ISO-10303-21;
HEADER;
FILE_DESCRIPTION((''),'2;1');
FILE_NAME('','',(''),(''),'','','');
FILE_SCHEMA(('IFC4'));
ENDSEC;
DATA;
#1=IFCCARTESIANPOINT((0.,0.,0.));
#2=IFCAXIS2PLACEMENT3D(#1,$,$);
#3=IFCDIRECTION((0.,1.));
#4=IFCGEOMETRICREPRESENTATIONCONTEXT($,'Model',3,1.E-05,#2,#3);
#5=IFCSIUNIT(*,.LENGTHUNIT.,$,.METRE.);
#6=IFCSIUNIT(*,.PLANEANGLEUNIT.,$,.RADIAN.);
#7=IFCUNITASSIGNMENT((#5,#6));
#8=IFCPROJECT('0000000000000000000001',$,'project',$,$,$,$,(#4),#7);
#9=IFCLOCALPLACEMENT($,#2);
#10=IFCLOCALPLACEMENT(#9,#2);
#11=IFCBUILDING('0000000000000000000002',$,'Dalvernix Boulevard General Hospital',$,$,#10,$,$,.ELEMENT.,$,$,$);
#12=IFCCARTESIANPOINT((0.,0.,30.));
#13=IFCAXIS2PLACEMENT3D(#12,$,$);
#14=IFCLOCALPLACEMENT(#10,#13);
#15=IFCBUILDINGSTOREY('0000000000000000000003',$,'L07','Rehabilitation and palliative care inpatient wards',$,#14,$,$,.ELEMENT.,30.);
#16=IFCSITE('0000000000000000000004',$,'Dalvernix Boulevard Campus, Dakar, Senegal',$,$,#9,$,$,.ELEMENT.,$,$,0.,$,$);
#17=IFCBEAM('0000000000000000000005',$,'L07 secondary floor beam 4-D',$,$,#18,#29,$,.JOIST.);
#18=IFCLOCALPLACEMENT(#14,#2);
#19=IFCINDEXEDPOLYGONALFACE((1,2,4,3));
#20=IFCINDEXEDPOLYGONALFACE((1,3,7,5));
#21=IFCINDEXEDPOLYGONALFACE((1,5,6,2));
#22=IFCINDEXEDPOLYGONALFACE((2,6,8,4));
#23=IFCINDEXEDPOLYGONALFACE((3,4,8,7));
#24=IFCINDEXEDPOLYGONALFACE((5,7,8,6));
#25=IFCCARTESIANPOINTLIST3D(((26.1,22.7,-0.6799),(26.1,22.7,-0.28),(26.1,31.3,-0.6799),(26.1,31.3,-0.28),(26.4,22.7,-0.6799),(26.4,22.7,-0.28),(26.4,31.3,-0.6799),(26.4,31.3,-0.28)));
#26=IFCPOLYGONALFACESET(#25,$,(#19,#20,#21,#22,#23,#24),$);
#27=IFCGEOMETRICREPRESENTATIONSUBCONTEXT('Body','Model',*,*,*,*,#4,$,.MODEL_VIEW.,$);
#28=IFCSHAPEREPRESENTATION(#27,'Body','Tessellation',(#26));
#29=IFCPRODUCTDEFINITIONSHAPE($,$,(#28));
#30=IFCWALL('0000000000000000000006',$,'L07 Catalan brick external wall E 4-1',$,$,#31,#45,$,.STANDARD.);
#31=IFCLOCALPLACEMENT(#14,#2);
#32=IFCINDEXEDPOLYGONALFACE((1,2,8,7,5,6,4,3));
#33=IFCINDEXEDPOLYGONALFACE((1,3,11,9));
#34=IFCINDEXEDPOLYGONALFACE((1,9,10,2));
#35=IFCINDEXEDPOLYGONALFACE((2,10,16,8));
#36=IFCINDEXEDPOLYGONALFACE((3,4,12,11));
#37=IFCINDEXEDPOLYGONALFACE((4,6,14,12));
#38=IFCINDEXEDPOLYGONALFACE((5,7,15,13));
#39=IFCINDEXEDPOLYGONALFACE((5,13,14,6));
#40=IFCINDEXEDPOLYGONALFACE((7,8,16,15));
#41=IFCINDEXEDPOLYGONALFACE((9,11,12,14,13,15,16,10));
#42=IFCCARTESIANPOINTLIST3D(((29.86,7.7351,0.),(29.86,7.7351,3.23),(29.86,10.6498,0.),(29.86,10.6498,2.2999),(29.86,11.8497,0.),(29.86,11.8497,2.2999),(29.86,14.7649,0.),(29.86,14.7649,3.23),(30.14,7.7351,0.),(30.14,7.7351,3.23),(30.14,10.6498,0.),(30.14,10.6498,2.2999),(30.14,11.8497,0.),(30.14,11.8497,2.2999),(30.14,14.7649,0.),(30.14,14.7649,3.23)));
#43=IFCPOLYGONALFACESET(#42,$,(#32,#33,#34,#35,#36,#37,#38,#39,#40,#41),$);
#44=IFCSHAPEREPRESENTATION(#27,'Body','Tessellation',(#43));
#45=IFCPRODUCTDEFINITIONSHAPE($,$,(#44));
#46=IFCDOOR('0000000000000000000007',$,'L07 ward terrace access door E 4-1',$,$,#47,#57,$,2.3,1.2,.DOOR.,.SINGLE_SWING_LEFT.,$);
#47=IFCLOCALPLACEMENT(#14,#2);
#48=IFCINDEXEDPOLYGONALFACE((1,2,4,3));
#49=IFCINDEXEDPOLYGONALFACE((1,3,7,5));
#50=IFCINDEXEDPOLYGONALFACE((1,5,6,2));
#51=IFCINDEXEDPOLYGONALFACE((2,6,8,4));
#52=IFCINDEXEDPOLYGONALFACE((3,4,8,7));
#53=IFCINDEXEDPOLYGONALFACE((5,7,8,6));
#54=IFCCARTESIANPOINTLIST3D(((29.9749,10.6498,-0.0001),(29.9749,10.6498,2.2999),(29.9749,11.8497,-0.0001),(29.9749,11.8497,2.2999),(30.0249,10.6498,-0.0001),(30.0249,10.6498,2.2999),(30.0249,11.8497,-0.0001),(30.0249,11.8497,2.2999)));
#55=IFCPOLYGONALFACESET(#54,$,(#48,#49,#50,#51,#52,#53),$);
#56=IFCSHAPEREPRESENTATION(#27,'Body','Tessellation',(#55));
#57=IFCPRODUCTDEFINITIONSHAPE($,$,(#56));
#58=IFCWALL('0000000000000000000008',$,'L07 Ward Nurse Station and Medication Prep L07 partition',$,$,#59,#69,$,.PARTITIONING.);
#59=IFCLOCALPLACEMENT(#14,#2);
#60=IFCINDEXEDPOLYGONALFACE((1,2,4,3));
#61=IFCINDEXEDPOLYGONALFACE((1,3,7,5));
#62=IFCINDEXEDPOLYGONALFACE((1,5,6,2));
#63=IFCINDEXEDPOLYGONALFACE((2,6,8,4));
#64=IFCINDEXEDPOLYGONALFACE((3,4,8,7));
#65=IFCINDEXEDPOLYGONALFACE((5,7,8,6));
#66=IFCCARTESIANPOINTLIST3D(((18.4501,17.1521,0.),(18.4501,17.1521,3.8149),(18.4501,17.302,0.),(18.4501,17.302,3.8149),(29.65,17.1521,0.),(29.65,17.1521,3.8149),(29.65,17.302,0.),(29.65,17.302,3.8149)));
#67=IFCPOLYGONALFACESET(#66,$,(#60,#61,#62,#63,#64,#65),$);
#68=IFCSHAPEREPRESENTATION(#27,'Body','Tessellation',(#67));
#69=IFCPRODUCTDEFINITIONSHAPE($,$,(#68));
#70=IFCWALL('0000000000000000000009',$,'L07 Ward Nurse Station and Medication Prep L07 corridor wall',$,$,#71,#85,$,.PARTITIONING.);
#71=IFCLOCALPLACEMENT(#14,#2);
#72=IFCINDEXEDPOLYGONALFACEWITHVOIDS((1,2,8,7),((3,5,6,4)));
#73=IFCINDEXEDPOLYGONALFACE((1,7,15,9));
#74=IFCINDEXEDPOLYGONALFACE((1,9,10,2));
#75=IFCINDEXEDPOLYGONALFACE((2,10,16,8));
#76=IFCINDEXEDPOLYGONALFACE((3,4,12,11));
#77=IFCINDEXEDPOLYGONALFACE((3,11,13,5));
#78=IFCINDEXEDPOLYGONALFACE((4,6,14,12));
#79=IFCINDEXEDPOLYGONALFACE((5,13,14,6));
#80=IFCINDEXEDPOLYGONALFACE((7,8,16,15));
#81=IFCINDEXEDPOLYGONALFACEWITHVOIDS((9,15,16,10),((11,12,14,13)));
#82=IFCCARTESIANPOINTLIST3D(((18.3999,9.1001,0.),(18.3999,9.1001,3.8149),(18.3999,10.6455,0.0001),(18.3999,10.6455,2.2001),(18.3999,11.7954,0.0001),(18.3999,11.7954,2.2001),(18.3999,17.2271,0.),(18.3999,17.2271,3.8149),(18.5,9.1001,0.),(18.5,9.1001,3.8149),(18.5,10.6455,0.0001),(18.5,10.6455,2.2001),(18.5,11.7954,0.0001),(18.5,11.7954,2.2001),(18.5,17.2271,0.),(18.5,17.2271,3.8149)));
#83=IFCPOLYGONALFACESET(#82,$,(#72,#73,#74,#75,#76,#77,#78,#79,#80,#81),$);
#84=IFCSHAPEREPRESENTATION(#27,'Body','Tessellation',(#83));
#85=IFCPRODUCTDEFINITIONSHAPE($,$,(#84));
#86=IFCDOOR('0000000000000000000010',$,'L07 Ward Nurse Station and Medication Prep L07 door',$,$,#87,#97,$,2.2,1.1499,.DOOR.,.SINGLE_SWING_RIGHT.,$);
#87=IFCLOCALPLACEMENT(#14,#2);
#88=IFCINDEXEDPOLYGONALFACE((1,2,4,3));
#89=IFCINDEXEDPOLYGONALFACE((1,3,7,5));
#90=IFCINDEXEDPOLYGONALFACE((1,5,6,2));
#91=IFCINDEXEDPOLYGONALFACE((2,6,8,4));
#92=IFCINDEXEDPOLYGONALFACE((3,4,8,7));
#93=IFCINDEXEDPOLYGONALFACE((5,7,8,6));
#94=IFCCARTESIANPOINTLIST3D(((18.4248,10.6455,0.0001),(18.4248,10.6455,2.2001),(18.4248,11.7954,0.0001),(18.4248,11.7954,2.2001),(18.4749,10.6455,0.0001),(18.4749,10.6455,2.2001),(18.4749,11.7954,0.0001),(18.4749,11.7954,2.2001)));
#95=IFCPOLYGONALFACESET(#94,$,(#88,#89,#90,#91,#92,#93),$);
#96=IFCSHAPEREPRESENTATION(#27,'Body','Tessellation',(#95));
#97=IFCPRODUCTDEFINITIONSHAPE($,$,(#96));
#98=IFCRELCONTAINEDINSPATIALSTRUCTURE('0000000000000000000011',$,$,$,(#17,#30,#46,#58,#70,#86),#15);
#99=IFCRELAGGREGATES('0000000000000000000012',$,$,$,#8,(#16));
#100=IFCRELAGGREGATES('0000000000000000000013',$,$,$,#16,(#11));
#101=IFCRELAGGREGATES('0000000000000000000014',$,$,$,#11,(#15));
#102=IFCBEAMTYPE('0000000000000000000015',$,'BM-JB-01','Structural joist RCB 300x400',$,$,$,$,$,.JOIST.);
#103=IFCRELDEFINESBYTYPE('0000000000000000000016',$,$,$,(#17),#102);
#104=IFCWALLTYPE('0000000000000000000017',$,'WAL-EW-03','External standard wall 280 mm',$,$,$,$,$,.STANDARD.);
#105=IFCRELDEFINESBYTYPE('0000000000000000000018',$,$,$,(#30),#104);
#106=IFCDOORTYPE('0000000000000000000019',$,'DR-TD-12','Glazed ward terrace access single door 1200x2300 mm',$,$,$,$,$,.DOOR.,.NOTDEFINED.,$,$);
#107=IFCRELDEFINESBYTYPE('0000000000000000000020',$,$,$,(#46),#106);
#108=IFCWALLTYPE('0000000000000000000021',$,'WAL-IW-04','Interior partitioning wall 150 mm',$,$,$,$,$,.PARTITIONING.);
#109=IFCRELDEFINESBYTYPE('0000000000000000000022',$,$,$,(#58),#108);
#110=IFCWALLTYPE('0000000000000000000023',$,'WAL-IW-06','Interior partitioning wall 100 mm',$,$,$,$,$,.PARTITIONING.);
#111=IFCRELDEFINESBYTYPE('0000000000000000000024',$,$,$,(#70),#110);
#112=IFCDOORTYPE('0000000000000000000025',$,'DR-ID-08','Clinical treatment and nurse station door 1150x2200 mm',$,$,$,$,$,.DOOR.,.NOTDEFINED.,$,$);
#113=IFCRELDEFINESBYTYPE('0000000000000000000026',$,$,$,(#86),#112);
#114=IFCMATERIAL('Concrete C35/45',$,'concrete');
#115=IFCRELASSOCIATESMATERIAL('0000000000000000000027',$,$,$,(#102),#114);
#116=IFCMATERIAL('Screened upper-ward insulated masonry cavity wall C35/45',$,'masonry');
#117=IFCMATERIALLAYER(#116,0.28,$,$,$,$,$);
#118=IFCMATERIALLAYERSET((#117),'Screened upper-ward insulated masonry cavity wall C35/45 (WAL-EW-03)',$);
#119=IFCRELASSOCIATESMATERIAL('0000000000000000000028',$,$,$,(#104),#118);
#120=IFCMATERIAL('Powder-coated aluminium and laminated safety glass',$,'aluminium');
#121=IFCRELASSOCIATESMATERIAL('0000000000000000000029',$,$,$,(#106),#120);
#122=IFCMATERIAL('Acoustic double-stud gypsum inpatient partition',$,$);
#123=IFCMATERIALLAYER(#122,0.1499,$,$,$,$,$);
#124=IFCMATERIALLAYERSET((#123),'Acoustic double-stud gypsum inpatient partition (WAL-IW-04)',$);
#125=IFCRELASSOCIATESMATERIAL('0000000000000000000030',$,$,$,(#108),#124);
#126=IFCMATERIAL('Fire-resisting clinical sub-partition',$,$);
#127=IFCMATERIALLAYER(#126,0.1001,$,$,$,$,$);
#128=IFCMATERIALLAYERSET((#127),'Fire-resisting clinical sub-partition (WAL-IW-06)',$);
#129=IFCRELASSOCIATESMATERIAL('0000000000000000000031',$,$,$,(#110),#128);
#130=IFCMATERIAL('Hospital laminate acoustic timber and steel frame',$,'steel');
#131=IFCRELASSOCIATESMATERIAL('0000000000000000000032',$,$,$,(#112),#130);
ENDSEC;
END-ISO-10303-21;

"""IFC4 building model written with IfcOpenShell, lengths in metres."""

from ifc_helpers import new_model, si_unit, direction, frame, frame_2d, origin, origin_2d, place, context, subcontext, project, spatial, rectangle, extrude, material, layer, layer_set, material_profile, profile_set, type_object, element, fill, save


model = new_model("IFC4")

# Units and contexts
model_context = context("Model", 3, precision=1e-05, world=origin(), true_north=direction((0.0, 1.0)))
body_context = subcontext(model_context, "Body", "Model", "MODEL_VIEW")
ifc_project = project(units=[si_unit("LENGTHUNIT", "METRE"), si_unit("PLANEANGLEUNIT", "RADIAN")], contexts=[model_context])

# Site, building, storey
site_placement = place(None, origin())
site = spatial("IfcSite", under=ifc_project, at=site_placement, Name="Dalvernix Boulevard Campus, Dakar, Senegal", CompositionType="ELEMENT", RefElevation=0.0)
building_placement = place(site_placement, origin())
building = spatial("IfcBuilding", under=site, at=building_placement, Name="Dalvernix Boulevard General Hospital", CompositionType="ELEMENT")
storey_placement = place(building_placement, frame((0.0, 0.0, 30.0)))
storey = spatial("IfcBuildingStorey", under=building, at=storey_placement, Name="L07", Description="Rehabilitation and palliative care inpatient wards", CompositionType="ELEMENT", Elevation=30.0)

# Beam
ifc_material_1 = material(Name="Concrete C35/45", Category="concrete")
ifc_material_profile_1 = material_profile(ifc_material_1, rectangle(XDim=0.3, YDim=0.3999, at=origin_2d()), Name="RCB 300x400")
ifc_profile_set_1 = profile_set([ifc_material_profile_1], Name="Concrete C35/45")
beam_type_1 = type_object("IfcBeamType", Name="BM-JB-01", Description="Structural joist RCB 300x400", PredefinedType="JOIST", material=ifc_profile_set_1)
for number, where, z_axis, x_axis, name in (
    (1, (26.25, 22.7, -0.48), (0.0, 1.0, 0.0), (-1.0, 0.0, 0.0), "L07 secondary floor beam 4-D"),
):
    element("IfcBeam", number, at=place(storey_placement, frame(where, z_axis=z_axis, x_axis=x_axis)), inside=storey, type_object=beam_type_1, Name=name, PredefinedType="JOIST", context=body_context, shape_type="SweptSolid", body=[
        extrude(rectangle(XDim=0.3, YDim=0.3999, at=origin_2d()), origin(), (0.0, 0.0, 1.0), 8.6001),
    ])

# Wall, opening, door
ifc_material_2 = material(Name="Screened upper-ward insulated masonry cavity wall C35/45", Category="masonry")
ifc_layer_1 = layer(ifc_material_2, 0.28)
ifc_layer_set_1 = layer_set([ifc_layer_1], Name="Screened upper-ward insulated masonry cavity wall C35/45 (WAL-EW-03)")
wall_type_1 = type_object("IfcWallType", Name="WAL-EW-03", Description="External standard wall 280 mm", PredefinedType="STANDARD", material=ifc_layer_set_1)
wall_1_placement = place(storey_placement, frame((30.0, 14.7649, 0.0), z_axis=(0.0, 0.0, 1.0), x_axis=(0.0, -1.0, 0.0)))
wall_1 = element("IfcWall", 2, at=wall_1_placement, inside=storey, type_object=wall_type_1, Name="L07 Catalan brick external wall E 4-1", PredefinedType="STANDARD", context=body_context, shape_type="SweptSolid", body=[
    extrude(rectangle(XDim=7.0298, YDim=0.28, at=frame_2d((3.5149, 0.0))), origin(), (0.0, 0.0, 1.0), 3.23),
])
opening_1_placement = place(wall_1_placement, frame((2.915, 0.0, 0.0)))
opening_1 = element("IfcOpeningElement", 3, at=opening_1_placement, cuts=wall_1, PredefinedType="OPENING", context=body_context, shape_type="SweptSolid", body=[
    extrude(rectangle(XDim=1.2, YDim=2.3, at=frame_2d((0.6001, 1.1499))), frame((0.0, 0.1499, 0.0), z_axis=(0.0, -1.0, 0.0), x_axis=(1.0, 0.0, 0.0)), (0.0, 0.0, 1.0), 0.3),
])
ifc_material_3 = material(Name="Powder-coated aluminium and laminated safety glass", Category="aluminium")
door_type_1 = type_object("IfcDoorType", Name="DR-TD-12", Description="Glazed ward terrace access single door 1200x2300 mm", OperationType="NOTDEFINED", PredefinedType="DOOR", material=ifc_material_3)
door_1_placement = place(opening_1_placement, origin())
door_1 = element("IfcDoor", 4, at=door_1_placement, inside=storey, type_object=door_type_1, Name="L07 ward terrace access door E 4-1", OperationType="SINGLE_SWING_LEFT", OverallHeight=2.3, OverallWidth=1.2, PredefinedType="DOOR", context=body_context, shape_type="SweptSolid", body=[
    extrude(rectangle(XDim=1.2, YDim=2.3, at=frame_2d((0.6001, 1.1499))), frame((0.0, 0.0249, 0.0), z_axis=(0.0, -1.0, 0.0), x_axis=(1.0, 0.0, 0.0)), (0.0, 0.0, 1.0), 0.05),
])
fill(opening_1, door_1)

# Wall
ifc_material_4 = material(Name="Acoustic double-stud gypsum inpatient partition")
ifc_layer_2 = layer(ifc_material_4, 0.1499)
ifc_layer_set_2 = layer_set([ifc_layer_2], Name="Acoustic double-stud gypsum inpatient partition (WAL-IW-04)")
wall_type_2 = type_object("IfcWallType", Name="WAL-IW-04", Description="Interior partitioning wall 150 mm", PredefinedType="PARTITIONING", material=ifc_layer_set_2)
wall_2_placement = place(storey_placement, frame((18.45, 17.2271, 0.0), z_axis=(0.0, 0.0, 1.0), x_axis=(1.0, 0.0, 0.0)))
element("IfcWall", 5, at=wall_2_placement, inside=storey, type_object=wall_type_2, Name="L07 Ward Nurse Station and Medication Prep L07 partition", PredefinedType="PARTITIONING", context=body_context, shape_type="SweptSolid", body=[
    extrude(rectangle(XDim=11.2, YDim=0.1499, at=frame_2d((5.6001, 0.0))), origin(), (0.0, 0.0, 1.0), 3.8149),
])

# Wall, opening, door
ifc_material_5 = material(Name="Fire-resisting clinical sub-partition")
ifc_layer_3 = layer(ifc_material_5, 0.1001)
ifc_layer_set_3 = layer_set([ifc_layer_3], Name="Fire-resisting clinical sub-partition (WAL-IW-06)")
wall_type_3 = type_object("IfcWallType", Name="WAL-IW-06", Description="Interior partitioning wall 100 mm", PredefinedType="PARTITIONING", material=ifc_layer_set_3)
wall_3_placement = place(storey_placement, frame((18.45, 17.2271, 0.0), z_axis=(0.0, 0.0, 1.0), x_axis=(0.0, -1.0, 0.0)))
wall_3 = element("IfcWall", 6, at=wall_3_placement, inside=storey, type_object=wall_type_3, Name="L07 Ward Nurse Station and Medication Prep L07 corridor wall", PredefinedType="PARTITIONING", context=body_context, shape_type="SweptSolid", body=[
    extrude(rectangle(XDim=8.127, YDim=0.1001, at=frame_2d((4.0635, 0.0))), origin(), (0.0, 0.0, 1.0), 3.8149),
])
opening_2_placement = place(wall_3_placement, frame((5.4316, 0.0, 0.0)))
opening_2 = element("IfcOpeningElement", 7, at=opening_2_placement, cuts=wall_3, PredefinedType="OPENING", context=body_context, shape_type="SweptSolid", body=[
    extrude(rectangle(XDim=1.1499, YDim=2.2, at=frame_2d((0.575, 1.1001))), frame((0.0, 0.0601, 0.0), z_axis=(0.0, -1.0, 0.0), x_axis=(1.0, 0.0, 0.0)), (0.0, 0.0, 1.0), 0.1201),
])
ifc_material_6 = material(Name="Hospital laminate acoustic timber and steel frame", Category="steel")
door_type_2 = type_object("IfcDoorType", Name="DR-ID-08", Description="Clinical treatment and nurse station door 1150x2200 mm", OperationType="NOTDEFINED", PredefinedType="DOOR", material=ifc_material_6)
door_2_placement = place(opening_2_placement, origin())
door_2 = element("IfcDoor", 8, at=door_2_placement, inside=storey, type_object=door_type_2, Name="L07 Ward Nurse Station and Medication Prep L07 door", OperationType="SINGLE_SWING_RIGHT", OverallHeight=2.2, OverallWidth=1.1499, PredefinedType="DOOR", context=body_context, shape_type="SweptSolid", body=[
    extrude(rectangle(XDim=1.1499, YDim=2.2, at=frame_2d((0.575, 1.1001))), frame((0.0, 0.0249, 0.0), z_axis=(0.0, -1.0, 0.0), x_axis=(1.0, 0.0, 0.0)), (0.0, 0.0, 1.0), 0.05),
])
fill(opening_2, door_2)

save(model, "model.ifc")
